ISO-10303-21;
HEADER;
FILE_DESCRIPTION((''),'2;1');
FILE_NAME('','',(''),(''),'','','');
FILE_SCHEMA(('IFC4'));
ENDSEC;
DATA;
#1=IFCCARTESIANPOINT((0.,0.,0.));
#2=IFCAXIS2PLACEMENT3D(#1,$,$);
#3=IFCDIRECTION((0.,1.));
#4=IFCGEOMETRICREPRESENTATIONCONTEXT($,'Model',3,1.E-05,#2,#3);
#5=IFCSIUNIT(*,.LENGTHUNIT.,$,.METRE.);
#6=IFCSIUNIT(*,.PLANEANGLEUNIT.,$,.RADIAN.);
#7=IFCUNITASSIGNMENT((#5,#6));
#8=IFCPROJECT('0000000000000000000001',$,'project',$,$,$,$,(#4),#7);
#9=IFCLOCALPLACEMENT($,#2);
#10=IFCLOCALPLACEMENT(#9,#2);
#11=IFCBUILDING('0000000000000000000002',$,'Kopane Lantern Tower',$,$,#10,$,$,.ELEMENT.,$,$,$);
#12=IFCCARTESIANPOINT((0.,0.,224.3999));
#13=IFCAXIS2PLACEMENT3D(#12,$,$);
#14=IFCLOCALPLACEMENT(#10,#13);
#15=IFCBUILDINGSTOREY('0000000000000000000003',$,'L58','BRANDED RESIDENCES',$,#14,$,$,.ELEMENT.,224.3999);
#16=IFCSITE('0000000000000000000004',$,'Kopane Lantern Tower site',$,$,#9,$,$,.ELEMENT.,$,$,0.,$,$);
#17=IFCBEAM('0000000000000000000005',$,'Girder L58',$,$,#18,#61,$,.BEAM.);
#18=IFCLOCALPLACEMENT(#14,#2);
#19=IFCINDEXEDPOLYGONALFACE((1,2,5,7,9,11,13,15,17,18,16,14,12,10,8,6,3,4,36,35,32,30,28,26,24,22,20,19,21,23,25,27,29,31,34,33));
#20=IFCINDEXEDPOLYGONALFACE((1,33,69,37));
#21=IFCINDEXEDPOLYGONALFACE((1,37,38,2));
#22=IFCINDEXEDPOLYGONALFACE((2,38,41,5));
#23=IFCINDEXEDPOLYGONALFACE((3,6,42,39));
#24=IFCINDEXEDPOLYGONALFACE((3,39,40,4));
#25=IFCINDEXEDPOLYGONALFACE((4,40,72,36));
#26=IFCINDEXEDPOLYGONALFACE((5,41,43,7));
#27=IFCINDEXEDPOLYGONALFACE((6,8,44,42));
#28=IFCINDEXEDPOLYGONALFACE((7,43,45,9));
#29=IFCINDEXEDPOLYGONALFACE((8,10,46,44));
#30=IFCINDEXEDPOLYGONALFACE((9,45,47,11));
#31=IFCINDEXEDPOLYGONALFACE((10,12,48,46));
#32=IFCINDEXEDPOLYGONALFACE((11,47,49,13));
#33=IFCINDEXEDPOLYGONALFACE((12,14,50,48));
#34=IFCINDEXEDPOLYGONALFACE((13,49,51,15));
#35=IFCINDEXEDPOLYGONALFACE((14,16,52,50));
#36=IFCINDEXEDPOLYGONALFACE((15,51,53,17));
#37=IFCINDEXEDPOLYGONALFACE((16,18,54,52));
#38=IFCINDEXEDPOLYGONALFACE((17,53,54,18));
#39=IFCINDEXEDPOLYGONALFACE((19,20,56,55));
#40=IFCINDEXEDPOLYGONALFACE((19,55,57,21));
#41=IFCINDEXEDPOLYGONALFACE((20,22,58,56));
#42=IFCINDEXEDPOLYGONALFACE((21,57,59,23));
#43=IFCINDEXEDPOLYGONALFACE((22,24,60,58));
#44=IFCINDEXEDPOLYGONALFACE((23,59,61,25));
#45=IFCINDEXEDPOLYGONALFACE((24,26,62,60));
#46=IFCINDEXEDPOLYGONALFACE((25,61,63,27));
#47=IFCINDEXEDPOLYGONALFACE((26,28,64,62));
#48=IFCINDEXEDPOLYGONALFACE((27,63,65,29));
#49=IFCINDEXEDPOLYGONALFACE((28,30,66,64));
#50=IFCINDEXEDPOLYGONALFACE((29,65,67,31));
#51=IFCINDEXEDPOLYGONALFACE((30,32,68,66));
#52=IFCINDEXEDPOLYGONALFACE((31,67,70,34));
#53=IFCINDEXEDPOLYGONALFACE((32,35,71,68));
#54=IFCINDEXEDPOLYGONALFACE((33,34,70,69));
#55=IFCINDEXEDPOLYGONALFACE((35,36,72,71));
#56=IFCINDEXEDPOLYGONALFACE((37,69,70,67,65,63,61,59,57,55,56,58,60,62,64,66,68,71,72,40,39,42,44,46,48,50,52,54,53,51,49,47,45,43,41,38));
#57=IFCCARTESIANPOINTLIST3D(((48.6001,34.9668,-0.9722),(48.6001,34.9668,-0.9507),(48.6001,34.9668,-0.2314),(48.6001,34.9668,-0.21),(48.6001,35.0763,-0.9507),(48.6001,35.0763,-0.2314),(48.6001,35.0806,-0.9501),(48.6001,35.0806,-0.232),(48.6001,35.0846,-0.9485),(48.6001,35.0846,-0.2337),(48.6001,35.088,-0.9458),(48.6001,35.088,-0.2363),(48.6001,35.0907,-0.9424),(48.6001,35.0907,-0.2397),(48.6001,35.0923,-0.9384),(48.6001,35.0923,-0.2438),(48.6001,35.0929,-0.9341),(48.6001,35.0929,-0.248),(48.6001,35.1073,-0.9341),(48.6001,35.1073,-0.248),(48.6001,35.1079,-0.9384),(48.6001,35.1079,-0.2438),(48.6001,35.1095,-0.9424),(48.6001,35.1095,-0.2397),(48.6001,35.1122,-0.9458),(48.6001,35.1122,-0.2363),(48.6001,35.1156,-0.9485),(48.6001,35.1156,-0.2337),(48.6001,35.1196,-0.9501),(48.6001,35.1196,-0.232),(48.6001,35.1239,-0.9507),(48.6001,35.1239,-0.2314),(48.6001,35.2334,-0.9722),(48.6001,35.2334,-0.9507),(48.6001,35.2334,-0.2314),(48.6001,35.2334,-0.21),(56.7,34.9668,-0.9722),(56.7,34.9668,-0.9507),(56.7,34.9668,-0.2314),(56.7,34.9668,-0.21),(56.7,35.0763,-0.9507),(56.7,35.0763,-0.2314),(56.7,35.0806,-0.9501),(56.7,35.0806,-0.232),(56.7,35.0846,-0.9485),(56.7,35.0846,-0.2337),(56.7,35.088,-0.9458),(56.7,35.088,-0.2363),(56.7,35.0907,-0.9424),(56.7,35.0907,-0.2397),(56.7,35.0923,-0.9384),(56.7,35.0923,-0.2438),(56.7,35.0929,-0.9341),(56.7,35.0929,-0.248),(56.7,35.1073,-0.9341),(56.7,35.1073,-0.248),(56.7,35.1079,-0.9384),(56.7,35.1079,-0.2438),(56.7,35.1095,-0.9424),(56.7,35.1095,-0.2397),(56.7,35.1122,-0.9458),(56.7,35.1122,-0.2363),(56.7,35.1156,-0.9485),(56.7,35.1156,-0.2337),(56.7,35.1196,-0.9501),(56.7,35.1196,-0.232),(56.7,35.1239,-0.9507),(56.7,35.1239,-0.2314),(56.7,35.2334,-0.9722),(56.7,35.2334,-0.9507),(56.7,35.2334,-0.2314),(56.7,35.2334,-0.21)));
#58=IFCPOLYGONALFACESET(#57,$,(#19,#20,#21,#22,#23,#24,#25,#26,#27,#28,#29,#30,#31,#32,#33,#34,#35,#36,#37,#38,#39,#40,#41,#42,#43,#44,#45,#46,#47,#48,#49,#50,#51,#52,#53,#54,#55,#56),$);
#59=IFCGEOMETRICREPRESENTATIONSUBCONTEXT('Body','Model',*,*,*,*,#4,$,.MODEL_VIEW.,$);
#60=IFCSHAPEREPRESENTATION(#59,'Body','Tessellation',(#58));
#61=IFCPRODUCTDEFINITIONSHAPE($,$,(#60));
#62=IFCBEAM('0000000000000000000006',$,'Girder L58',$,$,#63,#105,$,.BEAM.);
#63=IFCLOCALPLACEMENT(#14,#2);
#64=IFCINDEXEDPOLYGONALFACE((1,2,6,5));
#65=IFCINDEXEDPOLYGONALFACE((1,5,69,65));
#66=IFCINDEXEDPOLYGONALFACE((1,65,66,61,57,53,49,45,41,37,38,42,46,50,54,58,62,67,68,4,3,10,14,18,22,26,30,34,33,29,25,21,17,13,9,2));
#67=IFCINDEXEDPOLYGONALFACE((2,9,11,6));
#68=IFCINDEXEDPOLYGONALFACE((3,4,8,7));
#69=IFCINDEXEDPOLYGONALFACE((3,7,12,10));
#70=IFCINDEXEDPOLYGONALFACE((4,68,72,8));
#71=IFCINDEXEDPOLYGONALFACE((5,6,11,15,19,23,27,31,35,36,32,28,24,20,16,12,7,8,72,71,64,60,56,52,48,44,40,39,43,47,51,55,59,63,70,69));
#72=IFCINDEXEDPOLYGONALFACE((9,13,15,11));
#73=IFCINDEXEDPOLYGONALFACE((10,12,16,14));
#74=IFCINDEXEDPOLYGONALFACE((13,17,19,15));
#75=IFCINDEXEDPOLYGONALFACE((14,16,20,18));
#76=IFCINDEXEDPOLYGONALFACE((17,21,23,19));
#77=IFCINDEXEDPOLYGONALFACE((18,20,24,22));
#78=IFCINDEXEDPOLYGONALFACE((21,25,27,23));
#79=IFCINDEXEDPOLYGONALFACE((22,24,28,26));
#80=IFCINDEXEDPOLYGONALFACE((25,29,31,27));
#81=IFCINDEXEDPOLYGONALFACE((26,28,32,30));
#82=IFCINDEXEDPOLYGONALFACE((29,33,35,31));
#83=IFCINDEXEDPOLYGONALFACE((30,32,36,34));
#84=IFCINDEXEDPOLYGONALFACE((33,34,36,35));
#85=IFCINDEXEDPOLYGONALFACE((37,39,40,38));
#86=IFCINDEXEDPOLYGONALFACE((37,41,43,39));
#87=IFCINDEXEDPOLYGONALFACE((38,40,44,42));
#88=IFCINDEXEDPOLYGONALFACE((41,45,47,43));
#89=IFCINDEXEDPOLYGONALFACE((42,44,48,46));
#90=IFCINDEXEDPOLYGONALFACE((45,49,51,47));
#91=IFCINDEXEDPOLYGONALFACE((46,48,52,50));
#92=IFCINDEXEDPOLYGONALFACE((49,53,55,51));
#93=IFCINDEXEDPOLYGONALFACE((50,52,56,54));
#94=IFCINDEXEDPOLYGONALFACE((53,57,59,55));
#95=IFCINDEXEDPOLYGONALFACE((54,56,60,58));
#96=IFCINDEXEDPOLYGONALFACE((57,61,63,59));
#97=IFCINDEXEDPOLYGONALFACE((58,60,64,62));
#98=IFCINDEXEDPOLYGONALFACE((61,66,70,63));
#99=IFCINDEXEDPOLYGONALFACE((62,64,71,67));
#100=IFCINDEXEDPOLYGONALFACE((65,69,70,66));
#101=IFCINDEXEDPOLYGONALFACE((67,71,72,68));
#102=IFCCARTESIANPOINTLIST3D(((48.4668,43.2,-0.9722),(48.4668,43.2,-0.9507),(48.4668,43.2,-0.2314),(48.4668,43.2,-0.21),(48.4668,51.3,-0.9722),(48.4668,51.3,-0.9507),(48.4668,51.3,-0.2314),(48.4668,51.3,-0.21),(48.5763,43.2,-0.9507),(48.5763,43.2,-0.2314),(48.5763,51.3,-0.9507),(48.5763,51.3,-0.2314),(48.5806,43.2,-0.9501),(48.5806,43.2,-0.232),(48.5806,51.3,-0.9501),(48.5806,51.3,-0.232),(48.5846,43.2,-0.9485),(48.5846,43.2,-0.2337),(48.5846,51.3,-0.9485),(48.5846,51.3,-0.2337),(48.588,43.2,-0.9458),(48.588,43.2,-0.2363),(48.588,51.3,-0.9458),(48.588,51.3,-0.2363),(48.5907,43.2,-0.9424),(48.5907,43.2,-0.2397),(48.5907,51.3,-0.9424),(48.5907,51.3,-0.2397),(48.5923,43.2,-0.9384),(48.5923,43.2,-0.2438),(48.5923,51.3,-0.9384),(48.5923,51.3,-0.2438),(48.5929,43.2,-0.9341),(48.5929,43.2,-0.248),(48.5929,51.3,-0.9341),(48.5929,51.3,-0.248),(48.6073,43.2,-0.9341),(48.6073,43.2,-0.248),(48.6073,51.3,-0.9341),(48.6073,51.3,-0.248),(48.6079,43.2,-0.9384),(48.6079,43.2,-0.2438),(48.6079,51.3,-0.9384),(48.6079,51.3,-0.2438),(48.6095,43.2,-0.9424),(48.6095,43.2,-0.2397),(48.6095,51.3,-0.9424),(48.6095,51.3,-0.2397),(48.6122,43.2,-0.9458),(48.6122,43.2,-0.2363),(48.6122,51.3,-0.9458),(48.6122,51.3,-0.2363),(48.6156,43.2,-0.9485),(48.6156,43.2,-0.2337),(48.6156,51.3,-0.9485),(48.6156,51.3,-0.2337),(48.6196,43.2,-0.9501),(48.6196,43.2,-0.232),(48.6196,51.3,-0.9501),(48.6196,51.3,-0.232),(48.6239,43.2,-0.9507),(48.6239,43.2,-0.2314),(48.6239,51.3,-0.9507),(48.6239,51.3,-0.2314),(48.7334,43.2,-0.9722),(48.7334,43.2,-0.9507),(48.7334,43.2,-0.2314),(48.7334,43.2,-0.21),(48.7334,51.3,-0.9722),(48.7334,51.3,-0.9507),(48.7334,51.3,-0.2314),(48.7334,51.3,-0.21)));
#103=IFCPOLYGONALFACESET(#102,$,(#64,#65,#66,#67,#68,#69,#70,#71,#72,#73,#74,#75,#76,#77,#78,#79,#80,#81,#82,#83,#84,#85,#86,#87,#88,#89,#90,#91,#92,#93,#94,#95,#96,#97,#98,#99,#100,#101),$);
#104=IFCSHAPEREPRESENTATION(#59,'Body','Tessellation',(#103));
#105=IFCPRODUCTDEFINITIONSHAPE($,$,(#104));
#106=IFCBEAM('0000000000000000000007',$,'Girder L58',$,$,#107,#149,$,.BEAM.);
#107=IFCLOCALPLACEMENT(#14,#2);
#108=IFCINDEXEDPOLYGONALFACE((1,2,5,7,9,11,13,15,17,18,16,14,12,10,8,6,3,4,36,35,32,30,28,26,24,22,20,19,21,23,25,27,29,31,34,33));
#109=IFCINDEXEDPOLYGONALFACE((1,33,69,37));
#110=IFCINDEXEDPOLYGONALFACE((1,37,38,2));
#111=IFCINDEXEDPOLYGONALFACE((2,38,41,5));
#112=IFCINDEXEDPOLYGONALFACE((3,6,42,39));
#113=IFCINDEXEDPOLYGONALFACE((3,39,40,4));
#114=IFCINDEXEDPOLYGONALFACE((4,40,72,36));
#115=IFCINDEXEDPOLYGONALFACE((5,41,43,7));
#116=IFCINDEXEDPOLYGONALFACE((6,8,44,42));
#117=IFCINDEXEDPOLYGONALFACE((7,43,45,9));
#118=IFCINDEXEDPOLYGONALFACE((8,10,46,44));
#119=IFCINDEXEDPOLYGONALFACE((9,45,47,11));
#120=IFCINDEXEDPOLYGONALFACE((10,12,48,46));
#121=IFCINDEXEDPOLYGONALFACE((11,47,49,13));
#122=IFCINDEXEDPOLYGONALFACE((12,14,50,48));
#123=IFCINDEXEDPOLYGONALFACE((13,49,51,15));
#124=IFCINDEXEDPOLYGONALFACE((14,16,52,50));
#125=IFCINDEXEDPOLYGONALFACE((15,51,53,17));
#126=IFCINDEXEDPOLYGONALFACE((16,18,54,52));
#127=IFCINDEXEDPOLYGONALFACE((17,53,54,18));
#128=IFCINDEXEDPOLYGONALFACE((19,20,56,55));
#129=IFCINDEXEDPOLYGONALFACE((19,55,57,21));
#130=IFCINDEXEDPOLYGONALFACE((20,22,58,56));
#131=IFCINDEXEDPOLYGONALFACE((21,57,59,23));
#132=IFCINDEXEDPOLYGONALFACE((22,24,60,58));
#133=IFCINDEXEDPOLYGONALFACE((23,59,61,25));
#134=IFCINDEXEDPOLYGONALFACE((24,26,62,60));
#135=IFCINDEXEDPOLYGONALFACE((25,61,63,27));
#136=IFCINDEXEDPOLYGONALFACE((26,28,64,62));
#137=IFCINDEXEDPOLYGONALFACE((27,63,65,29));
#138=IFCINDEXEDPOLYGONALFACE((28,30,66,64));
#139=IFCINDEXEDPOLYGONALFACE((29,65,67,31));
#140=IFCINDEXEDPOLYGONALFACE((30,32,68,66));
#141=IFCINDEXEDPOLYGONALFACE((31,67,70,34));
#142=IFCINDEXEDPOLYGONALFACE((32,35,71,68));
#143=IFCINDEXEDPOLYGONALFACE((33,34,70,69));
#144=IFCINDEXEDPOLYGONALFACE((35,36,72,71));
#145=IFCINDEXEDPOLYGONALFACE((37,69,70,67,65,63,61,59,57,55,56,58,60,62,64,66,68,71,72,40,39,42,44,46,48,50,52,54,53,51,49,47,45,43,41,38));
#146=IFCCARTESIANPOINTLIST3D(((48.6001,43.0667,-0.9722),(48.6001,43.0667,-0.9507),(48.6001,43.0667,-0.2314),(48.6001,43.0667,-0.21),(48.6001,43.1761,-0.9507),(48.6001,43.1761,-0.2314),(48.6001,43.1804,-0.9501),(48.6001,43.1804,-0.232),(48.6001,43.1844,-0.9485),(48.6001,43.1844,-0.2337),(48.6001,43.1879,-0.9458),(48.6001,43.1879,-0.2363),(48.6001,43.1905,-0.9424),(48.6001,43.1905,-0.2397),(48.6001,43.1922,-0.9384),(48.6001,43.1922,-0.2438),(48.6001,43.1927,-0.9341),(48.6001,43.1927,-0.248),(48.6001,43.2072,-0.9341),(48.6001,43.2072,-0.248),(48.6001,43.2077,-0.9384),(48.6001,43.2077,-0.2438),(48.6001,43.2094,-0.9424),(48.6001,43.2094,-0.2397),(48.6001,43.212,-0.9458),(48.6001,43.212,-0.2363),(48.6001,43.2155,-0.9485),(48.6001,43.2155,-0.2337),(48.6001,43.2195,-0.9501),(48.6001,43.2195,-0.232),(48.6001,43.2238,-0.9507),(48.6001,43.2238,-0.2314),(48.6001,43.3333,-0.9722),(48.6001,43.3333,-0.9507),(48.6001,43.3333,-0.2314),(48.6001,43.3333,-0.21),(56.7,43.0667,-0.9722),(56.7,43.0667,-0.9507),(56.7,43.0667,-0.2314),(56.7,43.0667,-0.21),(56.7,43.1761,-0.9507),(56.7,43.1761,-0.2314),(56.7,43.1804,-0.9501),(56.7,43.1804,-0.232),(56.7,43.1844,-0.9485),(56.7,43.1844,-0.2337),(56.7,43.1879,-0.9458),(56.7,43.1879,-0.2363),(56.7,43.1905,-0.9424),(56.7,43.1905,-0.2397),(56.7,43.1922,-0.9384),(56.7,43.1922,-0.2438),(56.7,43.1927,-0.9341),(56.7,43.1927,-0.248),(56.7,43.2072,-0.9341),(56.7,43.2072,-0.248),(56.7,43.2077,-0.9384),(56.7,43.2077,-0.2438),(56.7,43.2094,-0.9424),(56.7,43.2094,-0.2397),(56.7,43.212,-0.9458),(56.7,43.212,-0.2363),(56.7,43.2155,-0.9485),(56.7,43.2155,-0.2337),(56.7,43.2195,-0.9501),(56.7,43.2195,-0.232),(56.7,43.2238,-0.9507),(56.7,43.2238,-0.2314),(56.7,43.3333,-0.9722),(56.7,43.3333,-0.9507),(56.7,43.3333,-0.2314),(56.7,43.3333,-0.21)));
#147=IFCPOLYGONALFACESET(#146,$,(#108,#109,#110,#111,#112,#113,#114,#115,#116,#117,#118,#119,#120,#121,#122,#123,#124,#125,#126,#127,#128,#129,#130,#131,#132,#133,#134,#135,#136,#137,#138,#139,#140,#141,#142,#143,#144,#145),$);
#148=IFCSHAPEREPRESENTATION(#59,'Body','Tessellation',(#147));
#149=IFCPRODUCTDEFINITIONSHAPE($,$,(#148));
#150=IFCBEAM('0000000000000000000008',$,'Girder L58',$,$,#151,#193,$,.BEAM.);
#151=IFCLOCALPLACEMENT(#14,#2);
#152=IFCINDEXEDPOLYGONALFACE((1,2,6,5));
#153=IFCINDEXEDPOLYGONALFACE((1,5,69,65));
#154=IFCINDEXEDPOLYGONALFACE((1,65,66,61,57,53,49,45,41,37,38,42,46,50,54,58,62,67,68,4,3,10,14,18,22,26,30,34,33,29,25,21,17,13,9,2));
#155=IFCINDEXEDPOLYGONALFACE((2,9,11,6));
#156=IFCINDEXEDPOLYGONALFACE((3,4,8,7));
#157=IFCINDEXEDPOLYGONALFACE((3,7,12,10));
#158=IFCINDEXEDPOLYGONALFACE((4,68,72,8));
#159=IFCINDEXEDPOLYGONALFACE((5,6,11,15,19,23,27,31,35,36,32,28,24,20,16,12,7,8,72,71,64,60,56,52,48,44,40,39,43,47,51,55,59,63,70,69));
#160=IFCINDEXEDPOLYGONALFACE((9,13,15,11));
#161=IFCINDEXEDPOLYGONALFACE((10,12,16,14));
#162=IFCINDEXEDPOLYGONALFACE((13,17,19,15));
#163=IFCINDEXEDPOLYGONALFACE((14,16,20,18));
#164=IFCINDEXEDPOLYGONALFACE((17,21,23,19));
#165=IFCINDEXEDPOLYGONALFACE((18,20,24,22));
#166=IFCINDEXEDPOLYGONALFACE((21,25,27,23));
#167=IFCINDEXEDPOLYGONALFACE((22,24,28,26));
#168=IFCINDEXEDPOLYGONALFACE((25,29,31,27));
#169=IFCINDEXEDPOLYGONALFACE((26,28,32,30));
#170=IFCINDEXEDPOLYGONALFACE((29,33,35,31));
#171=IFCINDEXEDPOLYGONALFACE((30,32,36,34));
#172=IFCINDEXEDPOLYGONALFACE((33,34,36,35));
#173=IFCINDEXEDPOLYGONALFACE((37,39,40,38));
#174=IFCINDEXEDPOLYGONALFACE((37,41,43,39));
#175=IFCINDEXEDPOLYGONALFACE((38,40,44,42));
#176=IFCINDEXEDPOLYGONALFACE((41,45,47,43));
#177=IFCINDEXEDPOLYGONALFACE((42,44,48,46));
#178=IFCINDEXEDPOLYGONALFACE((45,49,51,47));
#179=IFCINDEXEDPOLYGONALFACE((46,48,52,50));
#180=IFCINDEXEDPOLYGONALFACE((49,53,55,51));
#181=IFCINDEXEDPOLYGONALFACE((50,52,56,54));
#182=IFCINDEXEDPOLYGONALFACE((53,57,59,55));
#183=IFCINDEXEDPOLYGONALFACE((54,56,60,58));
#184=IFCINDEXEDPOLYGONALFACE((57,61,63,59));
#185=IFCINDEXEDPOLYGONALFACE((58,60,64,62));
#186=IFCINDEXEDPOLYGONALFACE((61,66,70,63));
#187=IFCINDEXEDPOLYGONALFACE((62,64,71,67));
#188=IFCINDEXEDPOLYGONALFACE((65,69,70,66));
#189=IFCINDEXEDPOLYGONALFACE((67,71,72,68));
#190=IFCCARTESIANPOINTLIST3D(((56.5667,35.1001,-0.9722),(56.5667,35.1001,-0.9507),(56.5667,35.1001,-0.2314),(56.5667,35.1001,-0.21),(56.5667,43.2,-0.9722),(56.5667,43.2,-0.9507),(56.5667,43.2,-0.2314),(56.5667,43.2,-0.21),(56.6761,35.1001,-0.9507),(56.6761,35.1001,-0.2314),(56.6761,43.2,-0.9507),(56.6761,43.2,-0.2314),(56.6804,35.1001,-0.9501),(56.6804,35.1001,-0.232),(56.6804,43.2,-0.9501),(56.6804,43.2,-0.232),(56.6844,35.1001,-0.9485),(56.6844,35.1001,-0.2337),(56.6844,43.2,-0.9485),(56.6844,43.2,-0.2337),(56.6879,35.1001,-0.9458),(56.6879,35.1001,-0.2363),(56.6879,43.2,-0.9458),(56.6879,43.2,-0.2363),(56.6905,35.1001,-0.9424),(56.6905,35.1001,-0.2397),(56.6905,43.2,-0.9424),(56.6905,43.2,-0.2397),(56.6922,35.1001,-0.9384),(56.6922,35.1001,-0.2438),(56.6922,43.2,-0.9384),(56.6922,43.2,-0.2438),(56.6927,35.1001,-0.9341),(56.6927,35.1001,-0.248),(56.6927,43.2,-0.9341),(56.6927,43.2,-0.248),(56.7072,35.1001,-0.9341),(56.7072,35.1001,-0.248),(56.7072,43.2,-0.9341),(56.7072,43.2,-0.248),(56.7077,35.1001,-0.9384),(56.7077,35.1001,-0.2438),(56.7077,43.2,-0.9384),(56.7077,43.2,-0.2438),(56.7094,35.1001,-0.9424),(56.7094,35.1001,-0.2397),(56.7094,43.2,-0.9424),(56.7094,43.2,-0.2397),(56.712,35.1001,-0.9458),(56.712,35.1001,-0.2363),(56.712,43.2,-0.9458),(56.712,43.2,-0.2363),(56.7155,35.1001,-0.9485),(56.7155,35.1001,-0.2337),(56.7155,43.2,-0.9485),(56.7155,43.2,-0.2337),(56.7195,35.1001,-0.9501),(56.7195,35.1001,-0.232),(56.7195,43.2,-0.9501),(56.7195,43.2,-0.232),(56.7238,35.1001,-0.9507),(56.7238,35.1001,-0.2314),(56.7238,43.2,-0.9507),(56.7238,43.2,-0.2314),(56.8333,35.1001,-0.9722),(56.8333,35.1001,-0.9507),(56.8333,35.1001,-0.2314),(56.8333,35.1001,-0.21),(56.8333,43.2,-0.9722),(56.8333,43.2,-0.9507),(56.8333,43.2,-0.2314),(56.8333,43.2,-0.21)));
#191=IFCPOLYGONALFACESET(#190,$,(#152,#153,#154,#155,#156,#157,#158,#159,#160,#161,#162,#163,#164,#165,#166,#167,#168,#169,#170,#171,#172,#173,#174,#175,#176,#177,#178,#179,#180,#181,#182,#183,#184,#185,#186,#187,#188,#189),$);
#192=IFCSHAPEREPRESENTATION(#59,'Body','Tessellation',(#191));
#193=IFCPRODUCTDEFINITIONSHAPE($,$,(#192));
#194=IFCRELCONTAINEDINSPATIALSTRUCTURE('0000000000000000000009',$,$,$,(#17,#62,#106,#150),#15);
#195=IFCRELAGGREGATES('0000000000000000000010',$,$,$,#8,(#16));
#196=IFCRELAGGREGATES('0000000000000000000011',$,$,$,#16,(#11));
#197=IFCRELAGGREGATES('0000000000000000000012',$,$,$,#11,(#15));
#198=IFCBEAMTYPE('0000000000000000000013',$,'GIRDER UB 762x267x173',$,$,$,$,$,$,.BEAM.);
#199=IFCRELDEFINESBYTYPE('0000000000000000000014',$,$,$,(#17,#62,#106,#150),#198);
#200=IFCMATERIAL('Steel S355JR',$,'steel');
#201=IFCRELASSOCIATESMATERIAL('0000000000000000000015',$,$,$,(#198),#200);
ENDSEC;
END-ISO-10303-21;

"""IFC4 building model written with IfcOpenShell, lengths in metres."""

from ifc_helpers import new_model, si_unit, direction, frame, origin, origin_2d, place, context, subcontext, project, spatial, i_section, extrude, material, material_profile, profile_set, type_object, element, save


model = new_model("IFC4")

# Units and contexts
model_context = context("Model", 3, precision=1e-05, world=origin(), true_north=direction((0.0, 1.0)))
body_context = subcontext(model_context, "Body", "Model", "MODEL_VIEW")
ifc_project = project(units=[si_unit("LENGTHUNIT", "METRE"), si_unit("PLANEANGLEUNIT", "RADIAN")], contexts=[model_context])

# Site, building, storey
site_placement = place(None, origin())
site = spatial("IfcSite", under=ifc_project, at=site_placement, Name="Kopane Lantern Tower site", CompositionType="ELEMENT", RefElevation=0.0)
building_placement = place(site_placement, origin())
building = spatial("IfcBuilding", under=site, at=building_placement, Name="Kopane Lantern Tower", CompositionType="ELEMENT")
storey_placement = place(building_placement, frame((0.0, 0.0, 224.3999)))
storey = spatial("IfcBuildingStorey", under=building, at=storey_placement, Name="L58", Description="BRANDED RESIDENCES", CompositionType="ELEMENT", Elevation=224.3999)

# Beams
ifc_material_1 = material(Name="Steel S355JR", Category="steel")
ifc_material_profile_1 = material_profile(ifc_material_1, i_section(OverallWidth=0.2666, OverallDepth=0.7622, WebThickness=0.0144, FlangeThickness=0.0215, FilletRadius=0.0166, at=origin_2d()), Name="UB 762x267x173")
ifc_profile_set_1 = profile_set([ifc_material_profile_1], Name="Steel S355JR")
beam_type = type_object("IfcBeamType", Name="GIRDER UB 762x267x173", PredefinedType="BEAM", material=ifc_profile_set_1)
for number, where, z_axis, x_axis, name in (
    (1, (48.6001, 35.1001, -0.5911), (1.0, 0.0, 0.0), (0.0, 1.0, 0.0), "Girder L58"),
):
    element("IfcBeam", number, at=place(storey_placement, frame(where, z_axis=z_axis, x_axis=x_axis)), inside=storey, type_object=beam_type, Name=name, PredefinedType="BEAM", context=body_context, shape_type="SweptSolid", body=[
        extrude(i_section(OverallWidth=0.2666, OverallDepth=0.7622, WebThickness=0.0144, FlangeThickness=0.0215, FilletRadius=0.0166, at=origin_2d()), origin(), (0.0, 0.0, 1.0), 8.0999),
    ])
beam_1_placement = place(storey_placement, frame((48.6001, 43.2, -0.5911), z_axis=(0.0, 1.0, 0.0), x_axis=(-1.0, 0.0, 0.0)))
element("IfcBeam", 2, at=beam_1_placement, inside=storey, type_object=beam_type, Name="Girder L58", PredefinedType="BEAM", context=body_context, shape_type="SweptSolid", body=[
    extrude(i_section(OverallWidth=0.2666, OverallDepth=0.7622, WebThickness=0.0144, FlangeThickness=0.0215, FilletRadius=0.0166, at=origin_2d()), origin(), (0.0, 0.0, 1.0), 8.1001),
])
for number, where, z_axis, x_axis, name in (
    (3, (48.6001, 43.2, -0.5911), (1.0, 0.0, 0.0), (0.0, 1.0, 0.0), "Girder L58"),
    (4, (56.7, 35.1001, -0.5911), (0.0, 1.0, 0.0), (-1.0, 0.0, 0.0), "Girder L58"),
):
    element("IfcBeam", number, at=place(storey_placement, frame(where, z_axis=z_axis, x_axis=x_axis)), inside=storey, type_object=beam_type, Name=name, PredefinedType="BEAM", context=body_context, shape_type="SweptSolid", body=[
        extrude(i_section(OverallWidth=0.2666, OverallDepth=0.7622, WebThickness=0.0144, FlangeThickness=0.0215, FilletRadius=0.0166, at=origin_2d()), origin(), (0.0, 0.0, 1.0), 8.0999),
    ])

save(model, "model.ifc")
